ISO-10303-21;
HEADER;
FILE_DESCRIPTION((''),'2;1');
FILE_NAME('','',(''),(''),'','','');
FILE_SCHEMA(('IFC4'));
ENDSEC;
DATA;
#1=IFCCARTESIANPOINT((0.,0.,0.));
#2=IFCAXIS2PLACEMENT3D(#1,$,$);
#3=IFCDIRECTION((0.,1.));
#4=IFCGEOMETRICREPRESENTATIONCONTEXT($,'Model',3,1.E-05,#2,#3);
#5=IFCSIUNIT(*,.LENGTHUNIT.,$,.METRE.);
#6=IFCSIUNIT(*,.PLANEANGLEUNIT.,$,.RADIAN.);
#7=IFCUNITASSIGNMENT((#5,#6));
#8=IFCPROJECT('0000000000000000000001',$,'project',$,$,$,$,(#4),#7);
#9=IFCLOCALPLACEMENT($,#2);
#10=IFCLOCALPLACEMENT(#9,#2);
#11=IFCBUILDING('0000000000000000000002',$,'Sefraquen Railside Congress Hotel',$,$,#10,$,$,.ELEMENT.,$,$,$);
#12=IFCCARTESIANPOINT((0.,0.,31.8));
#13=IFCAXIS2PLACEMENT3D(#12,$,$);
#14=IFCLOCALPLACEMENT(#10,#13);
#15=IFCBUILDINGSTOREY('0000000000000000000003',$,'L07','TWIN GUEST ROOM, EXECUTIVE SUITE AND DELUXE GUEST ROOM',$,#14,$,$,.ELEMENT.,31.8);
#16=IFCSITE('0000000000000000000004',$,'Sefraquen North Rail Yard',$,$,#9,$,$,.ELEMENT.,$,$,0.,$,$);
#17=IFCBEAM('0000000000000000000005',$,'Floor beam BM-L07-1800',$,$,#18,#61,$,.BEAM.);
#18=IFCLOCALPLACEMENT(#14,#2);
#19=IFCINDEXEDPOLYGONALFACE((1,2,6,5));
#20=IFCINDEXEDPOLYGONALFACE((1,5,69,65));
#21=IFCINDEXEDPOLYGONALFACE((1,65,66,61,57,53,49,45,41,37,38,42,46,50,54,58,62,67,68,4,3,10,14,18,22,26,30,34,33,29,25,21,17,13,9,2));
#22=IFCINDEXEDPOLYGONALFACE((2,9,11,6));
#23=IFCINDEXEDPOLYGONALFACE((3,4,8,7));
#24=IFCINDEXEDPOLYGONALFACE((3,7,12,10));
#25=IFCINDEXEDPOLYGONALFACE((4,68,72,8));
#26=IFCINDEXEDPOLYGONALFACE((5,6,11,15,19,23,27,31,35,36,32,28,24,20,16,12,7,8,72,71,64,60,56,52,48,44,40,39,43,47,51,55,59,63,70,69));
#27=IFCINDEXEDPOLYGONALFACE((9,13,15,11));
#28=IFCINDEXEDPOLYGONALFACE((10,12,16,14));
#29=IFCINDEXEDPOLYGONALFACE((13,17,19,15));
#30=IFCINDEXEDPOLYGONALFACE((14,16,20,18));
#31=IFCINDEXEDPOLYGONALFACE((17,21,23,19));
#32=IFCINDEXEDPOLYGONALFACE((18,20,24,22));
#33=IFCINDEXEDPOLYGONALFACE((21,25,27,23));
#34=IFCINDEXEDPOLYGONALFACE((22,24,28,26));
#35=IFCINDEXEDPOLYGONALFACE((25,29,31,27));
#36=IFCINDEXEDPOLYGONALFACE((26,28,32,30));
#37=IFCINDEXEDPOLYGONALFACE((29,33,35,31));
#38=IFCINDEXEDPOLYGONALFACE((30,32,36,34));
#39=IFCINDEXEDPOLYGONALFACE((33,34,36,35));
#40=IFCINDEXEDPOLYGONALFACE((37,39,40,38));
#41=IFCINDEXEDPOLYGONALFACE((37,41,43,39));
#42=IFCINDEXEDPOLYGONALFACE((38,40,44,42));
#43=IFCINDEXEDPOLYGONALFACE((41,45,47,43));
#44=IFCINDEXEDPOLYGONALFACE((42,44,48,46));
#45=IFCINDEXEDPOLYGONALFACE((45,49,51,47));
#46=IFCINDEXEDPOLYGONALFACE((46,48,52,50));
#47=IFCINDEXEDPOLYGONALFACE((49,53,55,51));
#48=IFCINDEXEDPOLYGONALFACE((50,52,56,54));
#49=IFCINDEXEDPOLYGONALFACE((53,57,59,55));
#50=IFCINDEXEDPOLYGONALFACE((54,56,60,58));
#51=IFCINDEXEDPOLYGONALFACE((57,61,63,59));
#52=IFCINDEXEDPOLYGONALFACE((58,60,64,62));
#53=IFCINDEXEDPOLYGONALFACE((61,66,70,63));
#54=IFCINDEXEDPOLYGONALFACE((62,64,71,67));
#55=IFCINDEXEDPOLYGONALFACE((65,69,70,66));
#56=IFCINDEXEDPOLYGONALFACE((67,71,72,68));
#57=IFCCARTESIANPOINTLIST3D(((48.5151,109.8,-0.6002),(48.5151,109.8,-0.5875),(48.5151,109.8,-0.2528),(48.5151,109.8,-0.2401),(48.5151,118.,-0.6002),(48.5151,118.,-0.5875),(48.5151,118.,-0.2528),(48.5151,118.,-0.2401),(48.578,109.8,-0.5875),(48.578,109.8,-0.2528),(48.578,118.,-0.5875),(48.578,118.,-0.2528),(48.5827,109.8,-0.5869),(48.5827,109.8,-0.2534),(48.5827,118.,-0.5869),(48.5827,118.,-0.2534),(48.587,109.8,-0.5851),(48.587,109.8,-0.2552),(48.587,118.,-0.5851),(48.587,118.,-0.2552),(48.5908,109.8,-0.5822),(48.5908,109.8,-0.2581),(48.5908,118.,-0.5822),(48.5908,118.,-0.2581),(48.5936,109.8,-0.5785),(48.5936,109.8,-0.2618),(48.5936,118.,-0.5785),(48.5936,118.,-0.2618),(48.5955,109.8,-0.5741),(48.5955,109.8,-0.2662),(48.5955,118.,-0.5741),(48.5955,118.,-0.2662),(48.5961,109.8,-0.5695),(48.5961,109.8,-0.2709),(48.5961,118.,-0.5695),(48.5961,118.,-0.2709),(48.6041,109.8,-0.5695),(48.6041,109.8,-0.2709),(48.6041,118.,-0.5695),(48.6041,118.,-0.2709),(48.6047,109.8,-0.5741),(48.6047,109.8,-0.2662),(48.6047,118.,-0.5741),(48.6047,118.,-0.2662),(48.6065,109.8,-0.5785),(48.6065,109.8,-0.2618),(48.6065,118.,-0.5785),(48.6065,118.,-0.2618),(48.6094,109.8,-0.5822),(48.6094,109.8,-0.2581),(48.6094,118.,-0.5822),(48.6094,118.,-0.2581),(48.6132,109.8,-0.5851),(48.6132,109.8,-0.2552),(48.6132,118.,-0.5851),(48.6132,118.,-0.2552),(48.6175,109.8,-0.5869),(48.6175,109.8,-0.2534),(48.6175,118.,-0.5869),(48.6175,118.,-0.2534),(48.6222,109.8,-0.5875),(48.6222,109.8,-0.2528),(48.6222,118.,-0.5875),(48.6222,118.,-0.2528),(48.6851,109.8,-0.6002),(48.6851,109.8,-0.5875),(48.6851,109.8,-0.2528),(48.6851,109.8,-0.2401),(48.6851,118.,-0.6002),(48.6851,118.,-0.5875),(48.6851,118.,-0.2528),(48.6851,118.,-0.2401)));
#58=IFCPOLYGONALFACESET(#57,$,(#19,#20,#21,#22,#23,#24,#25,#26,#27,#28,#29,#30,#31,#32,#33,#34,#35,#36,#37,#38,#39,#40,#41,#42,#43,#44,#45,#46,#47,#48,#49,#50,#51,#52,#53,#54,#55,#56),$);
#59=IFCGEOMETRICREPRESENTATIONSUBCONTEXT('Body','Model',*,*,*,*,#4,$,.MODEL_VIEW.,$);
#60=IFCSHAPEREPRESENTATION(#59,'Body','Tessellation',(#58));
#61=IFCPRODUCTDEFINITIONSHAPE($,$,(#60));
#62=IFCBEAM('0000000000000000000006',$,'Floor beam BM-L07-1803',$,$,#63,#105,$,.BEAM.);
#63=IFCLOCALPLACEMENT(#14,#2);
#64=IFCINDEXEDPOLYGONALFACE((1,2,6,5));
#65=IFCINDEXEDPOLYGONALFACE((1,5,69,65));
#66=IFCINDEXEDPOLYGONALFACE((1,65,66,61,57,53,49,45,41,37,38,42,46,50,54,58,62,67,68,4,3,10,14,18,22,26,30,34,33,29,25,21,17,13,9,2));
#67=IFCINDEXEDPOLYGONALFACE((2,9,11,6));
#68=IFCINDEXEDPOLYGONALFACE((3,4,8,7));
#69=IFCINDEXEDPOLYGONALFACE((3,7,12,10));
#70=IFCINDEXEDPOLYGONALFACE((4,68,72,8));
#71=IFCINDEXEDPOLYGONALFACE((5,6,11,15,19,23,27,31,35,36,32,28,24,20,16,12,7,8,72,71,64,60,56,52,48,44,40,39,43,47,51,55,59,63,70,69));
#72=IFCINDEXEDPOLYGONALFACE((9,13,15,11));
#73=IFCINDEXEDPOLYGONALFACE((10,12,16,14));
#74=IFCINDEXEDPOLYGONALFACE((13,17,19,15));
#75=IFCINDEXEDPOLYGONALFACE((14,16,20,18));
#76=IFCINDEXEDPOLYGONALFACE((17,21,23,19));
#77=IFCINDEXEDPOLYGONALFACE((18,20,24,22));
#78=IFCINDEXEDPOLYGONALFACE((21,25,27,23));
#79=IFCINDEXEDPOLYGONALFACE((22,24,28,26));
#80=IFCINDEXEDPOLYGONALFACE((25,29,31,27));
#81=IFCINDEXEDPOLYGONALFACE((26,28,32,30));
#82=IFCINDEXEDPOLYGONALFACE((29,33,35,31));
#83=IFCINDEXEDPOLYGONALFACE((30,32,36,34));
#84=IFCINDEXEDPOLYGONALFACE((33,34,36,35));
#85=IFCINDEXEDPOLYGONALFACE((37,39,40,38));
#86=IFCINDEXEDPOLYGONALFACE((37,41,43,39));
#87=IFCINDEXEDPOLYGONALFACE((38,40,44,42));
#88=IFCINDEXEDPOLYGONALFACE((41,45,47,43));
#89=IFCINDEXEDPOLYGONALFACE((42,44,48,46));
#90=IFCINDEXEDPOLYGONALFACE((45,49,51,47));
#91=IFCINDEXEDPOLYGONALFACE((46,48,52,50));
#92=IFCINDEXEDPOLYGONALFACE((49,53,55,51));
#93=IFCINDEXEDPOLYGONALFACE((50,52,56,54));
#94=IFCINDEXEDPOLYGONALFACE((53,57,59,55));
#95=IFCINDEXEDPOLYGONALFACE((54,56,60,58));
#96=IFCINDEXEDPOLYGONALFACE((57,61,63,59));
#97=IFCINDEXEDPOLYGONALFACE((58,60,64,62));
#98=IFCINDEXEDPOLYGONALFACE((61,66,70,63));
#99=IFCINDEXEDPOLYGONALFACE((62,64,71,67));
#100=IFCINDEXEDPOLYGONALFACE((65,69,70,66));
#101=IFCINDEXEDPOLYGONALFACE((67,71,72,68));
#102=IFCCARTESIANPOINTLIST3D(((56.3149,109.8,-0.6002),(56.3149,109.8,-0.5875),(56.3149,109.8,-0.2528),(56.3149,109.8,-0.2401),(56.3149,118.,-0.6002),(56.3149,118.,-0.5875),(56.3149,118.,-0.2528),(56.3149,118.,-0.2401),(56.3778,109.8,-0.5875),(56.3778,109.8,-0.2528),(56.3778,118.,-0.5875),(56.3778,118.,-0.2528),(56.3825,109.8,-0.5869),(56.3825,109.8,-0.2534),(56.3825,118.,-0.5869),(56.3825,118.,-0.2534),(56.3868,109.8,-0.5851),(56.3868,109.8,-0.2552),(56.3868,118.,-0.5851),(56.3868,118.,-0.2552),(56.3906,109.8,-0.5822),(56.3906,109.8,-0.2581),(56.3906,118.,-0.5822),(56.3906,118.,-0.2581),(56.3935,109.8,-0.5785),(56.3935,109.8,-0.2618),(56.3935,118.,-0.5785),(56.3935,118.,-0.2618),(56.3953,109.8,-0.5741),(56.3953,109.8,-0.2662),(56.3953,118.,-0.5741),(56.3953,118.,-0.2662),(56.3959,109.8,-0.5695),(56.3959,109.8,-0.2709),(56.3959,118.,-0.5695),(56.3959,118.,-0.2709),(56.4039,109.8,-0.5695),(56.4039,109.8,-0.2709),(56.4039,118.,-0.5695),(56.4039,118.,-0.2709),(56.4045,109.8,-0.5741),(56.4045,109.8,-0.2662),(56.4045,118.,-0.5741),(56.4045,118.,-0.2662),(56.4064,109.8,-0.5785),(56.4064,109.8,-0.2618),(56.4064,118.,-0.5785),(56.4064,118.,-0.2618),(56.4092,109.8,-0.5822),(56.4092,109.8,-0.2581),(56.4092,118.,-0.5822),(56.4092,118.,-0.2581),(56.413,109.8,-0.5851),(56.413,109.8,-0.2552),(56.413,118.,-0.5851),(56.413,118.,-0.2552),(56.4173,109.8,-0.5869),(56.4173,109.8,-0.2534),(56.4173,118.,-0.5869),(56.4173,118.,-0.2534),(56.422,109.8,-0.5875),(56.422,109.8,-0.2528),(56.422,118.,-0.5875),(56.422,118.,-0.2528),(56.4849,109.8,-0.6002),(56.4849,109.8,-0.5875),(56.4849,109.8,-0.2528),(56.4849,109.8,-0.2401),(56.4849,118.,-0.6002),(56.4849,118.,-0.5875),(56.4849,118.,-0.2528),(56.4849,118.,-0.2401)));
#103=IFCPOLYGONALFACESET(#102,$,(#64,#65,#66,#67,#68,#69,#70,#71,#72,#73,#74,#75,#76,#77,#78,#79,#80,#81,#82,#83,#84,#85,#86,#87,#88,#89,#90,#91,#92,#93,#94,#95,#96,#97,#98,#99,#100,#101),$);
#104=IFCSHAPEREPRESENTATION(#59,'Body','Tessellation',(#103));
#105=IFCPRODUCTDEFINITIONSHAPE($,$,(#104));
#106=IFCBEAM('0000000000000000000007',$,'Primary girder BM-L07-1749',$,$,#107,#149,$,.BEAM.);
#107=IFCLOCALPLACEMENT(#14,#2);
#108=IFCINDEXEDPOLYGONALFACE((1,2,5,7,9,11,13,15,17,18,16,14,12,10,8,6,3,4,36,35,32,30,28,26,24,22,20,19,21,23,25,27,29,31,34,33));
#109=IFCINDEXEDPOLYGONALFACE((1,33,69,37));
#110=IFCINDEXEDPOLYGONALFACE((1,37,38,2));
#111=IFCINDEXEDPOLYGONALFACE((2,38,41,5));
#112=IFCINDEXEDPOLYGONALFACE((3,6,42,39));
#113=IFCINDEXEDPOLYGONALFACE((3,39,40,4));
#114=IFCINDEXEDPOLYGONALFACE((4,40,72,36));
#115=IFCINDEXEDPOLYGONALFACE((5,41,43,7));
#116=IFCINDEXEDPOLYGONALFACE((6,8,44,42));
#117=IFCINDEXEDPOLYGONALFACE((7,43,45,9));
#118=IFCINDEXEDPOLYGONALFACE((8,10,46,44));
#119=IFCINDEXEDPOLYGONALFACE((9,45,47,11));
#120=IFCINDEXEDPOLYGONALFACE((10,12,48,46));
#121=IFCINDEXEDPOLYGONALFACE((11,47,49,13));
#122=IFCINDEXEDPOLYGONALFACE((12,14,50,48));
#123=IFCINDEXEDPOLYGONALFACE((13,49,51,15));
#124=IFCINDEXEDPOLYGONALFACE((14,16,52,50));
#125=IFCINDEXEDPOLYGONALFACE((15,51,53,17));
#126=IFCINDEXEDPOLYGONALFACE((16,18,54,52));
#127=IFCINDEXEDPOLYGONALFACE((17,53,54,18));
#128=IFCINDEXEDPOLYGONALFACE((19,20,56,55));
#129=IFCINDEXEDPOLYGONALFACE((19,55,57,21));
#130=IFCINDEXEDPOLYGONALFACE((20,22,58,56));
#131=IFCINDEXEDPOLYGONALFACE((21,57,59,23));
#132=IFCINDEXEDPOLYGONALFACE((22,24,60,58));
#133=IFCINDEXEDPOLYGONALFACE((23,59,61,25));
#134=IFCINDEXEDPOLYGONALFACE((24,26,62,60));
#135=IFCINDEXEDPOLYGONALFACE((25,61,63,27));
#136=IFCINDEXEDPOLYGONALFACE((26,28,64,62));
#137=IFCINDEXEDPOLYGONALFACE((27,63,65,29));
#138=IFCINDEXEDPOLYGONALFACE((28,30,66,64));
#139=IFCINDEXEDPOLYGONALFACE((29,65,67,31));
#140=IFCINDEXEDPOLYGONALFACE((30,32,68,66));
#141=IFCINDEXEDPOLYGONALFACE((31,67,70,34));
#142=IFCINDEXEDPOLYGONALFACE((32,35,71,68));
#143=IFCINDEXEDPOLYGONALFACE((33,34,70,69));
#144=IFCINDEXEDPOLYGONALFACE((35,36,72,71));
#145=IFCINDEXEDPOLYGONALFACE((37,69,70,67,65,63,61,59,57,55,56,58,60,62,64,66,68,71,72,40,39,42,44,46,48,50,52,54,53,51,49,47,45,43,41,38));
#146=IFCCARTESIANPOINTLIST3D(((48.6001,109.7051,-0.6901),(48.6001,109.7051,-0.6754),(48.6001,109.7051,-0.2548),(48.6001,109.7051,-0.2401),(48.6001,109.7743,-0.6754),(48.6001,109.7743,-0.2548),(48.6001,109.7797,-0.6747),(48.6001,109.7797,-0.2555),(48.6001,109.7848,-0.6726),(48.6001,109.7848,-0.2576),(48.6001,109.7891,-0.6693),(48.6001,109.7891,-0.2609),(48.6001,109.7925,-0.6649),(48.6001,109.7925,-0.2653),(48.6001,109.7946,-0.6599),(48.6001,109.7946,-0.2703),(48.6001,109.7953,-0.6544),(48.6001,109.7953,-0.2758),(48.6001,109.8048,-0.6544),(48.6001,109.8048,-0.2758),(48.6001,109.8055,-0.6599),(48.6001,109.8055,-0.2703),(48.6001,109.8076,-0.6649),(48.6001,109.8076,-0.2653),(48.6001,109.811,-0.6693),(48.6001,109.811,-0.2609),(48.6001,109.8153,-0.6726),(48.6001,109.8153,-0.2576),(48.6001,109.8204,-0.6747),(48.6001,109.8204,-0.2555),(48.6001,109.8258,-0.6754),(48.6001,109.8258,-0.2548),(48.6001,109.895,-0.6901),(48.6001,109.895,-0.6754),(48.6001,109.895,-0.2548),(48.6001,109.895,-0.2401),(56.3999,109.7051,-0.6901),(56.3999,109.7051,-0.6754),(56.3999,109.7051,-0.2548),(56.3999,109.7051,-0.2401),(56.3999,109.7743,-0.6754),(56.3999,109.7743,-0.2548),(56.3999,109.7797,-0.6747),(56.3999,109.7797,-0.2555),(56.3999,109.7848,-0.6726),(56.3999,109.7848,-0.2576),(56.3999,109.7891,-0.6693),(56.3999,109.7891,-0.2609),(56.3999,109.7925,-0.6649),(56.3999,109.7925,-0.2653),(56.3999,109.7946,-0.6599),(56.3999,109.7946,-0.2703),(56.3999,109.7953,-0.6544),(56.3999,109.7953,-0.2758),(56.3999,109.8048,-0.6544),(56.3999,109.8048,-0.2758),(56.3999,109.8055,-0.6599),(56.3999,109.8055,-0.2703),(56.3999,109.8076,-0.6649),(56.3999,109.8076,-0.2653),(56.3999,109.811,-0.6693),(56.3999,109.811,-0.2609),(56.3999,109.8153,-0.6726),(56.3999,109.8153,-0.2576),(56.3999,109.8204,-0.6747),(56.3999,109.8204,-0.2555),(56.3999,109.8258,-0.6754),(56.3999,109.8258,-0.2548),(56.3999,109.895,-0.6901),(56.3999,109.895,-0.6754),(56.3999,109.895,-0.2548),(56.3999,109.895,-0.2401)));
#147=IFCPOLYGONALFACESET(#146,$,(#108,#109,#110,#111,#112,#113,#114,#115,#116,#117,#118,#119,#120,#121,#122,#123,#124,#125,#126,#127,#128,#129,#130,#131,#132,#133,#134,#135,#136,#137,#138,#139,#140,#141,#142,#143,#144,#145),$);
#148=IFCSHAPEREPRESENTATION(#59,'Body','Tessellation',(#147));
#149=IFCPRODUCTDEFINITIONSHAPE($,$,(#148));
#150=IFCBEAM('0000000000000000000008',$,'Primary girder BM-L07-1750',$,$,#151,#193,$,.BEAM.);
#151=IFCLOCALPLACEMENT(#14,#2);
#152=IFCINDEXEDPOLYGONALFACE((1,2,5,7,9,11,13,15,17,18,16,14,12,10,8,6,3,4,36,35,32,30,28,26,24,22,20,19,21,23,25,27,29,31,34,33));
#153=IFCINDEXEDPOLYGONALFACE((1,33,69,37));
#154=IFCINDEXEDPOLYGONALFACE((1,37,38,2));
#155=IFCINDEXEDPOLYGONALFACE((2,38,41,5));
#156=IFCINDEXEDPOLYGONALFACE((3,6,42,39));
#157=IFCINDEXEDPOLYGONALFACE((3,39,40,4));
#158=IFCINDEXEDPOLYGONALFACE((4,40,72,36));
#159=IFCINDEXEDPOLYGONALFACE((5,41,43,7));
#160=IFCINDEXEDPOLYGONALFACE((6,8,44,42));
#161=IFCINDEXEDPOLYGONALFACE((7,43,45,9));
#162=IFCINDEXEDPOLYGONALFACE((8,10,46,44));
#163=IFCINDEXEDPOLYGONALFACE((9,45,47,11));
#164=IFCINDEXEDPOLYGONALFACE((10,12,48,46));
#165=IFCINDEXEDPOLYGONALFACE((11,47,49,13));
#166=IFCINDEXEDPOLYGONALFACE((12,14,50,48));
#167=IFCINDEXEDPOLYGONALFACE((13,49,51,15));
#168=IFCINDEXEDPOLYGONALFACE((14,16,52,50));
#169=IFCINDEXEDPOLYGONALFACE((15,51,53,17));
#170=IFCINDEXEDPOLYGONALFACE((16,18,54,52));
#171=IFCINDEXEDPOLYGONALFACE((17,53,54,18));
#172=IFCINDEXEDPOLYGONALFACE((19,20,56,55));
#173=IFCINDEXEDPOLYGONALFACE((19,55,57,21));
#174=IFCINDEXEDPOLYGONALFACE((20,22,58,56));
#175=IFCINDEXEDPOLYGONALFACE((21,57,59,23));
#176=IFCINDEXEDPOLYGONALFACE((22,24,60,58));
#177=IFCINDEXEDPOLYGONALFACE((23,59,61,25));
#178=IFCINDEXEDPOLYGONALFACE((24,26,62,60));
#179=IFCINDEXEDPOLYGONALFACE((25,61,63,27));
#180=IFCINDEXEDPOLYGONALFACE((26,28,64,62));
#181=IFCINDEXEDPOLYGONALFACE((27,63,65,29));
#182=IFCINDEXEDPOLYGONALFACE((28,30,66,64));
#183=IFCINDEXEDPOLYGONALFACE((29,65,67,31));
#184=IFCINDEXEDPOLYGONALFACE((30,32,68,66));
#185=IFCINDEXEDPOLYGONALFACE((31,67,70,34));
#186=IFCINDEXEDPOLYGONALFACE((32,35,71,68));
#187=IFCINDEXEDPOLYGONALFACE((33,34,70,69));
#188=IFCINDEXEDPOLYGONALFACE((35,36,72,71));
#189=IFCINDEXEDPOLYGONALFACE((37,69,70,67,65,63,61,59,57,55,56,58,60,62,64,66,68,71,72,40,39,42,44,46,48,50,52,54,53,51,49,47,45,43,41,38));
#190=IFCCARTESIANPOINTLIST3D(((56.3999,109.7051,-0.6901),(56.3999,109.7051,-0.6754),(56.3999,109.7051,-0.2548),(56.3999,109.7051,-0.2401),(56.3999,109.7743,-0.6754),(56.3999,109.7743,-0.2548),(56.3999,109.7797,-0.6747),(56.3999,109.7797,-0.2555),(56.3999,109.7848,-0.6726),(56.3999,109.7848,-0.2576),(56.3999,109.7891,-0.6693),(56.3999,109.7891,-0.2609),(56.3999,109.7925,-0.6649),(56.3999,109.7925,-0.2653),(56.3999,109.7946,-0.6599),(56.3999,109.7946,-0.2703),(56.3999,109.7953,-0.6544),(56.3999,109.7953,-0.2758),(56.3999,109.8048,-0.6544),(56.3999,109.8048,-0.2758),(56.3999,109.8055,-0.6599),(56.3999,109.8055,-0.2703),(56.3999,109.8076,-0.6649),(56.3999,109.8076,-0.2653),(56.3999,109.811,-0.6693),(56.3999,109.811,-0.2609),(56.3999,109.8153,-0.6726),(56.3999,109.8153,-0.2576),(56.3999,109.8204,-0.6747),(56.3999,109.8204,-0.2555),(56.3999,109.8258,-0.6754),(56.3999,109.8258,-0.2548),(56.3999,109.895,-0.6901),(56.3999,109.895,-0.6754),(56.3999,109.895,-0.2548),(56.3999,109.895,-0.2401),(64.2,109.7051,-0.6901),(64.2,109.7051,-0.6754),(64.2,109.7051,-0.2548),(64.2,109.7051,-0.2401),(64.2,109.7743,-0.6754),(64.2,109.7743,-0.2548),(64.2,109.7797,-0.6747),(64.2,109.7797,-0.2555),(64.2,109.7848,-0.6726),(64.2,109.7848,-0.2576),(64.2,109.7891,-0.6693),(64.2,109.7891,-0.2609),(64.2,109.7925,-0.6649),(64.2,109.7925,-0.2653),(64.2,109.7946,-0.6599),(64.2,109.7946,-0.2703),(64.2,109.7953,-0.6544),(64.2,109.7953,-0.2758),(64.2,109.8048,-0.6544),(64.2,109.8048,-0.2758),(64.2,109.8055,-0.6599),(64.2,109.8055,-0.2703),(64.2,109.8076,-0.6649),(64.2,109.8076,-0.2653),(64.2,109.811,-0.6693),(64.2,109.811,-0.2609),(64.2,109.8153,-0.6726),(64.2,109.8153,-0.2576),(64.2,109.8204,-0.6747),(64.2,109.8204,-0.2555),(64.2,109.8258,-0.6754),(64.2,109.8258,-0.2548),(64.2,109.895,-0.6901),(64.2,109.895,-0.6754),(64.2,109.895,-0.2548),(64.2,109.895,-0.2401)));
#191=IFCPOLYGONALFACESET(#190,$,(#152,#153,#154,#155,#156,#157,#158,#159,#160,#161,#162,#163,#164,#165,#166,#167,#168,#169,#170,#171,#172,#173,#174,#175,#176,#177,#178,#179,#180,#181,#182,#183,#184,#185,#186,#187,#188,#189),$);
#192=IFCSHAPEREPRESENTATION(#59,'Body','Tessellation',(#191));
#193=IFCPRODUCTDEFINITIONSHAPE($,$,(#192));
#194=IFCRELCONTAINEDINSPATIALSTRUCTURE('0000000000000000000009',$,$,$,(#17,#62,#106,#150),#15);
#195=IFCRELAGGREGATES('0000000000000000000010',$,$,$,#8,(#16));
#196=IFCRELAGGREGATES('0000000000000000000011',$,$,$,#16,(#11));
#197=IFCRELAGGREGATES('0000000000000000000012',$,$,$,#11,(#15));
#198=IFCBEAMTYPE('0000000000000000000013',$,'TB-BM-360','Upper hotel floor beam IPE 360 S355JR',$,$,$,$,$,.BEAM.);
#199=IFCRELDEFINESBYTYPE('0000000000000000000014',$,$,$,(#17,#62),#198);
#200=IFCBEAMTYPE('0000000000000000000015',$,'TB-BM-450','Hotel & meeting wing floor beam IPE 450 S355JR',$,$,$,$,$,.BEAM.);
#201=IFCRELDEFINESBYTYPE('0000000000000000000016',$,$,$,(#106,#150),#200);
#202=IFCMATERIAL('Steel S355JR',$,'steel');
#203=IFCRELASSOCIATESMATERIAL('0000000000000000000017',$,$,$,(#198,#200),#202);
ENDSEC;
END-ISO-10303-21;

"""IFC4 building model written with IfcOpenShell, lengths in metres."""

from ifc_helpers import new_model, si_unit, direction, frame, origin, origin_2d, place, context, subcontext, project, spatial, i_section, extrude, material, material_profile, profile_set, type_object, element, save


model = new_model("IFC4")

# Units and contexts
model_context = context("Model", 3, precision=1e-05, world=origin(), true_north=direction((0.0, 1.0)))
body_context = subcontext(model_context, "Body", "Model", "MODEL_VIEW")
ifc_project = project(units=[si_unit("LENGTHUNIT", "METRE"), si_unit("PLANEANGLEUNIT", "RADIAN")], contexts=[model_context])

# Site, building, storey
site_placement = place(None, origin())
site = spatial("IfcSite", under=ifc_project, at=site_placement, Name="Sefraquen North Rail Yard", CompositionType="ELEMENT", RefElevation=0.0)
building_placement = place(site_placement, origin())
building = spatial("IfcBuilding", under=site, at=building_placement, Name="Sefraquen Railside Congress Hotel", CompositionType="ELEMENT")
storey_placement = place(building_placement, frame((0.0, 0.0, 31.8)))
storey = spatial("IfcBuildingStorey", under=building, at=storey_placement, Name="L07", Description="TWIN GUEST ROOM, EXECUTIVE SUITE AND DELUXE GUEST ROOM", CompositionType="ELEMENT", Elevation=31.8)

# Shared definitions
ifc_material_1 = material(Name="Steel S355JR", Category="steel")

# Beams
ifc_material_profile_1 = material_profile(ifc_material_1, i_section(OverallWidth=0.1699, OverallDepth=0.3601, WebThickness=0.0081, FlangeThickness=0.0127, FilletRadius=0.0181, at=origin_2d()), Name="IPE 360")
ifc_profile_set_1 = profile_set([ifc_material_profile_1], Name="Steel S355JR")
beam_type_1 = type_object("IfcBeamType", Name="TB-BM-360", Description="Upper hotel floor beam IPE 360 S355JR", PredefinedType="BEAM", material=ifc_profile_set_1)
for number, where, z_axis, x_axis, name in (
    (1, (48.6001, 109.8, -0.4202), (0.0, 1.0, 0.0), (-1.0, 0.0, 0.0), "Floor beam BM-L07-1800"),
    (2, (56.3999, 109.8, -0.4202), (0.0, 1.0, 0.0), (-1.0, 0.0, 0.0), "Floor beam BM-L07-1803"),
):
    element("IfcBeam", number, at=place(storey_placement, frame(where, z_axis=z_axis, x_axis=x_axis)), inside=storey, type_object=beam_type_1, Name=name, PredefinedType="BEAM", context=body_context, shape_type="SweptSolid", body=[
        extrude(i_section(OverallWidth=0.1699, OverallDepth=0.3601, WebThickness=0.0081, FlangeThickness=0.0127, FilletRadius=0.0181, at=origin_2d()), origin(), (0.0, 0.0, 1.0), 8.2),
    ])
ifc_material_profile_2 = material_profile(ifc_material_1, i_section(OverallWidth=0.1899, OverallDepth=0.45, WebThickness=0.0095, FlangeThickness=0.0146, FilletRadius=0.021, at=origin_2d()), Name="IPE 450")
ifc_profile_set_2 = profile_set([ifc_material_profile_2], Name="Steel S355JR")
beam_type_2 = type_object("IfcBeamType", Name="TB-BM-450", Description="Hotel & meeting wing floor beam IPE 450 S355JR", PredefinedType="BEAM", material=ifc_profile_set_2)
beam_1_placement = place(storey_placement, frame((48.6001, 109.8, -0.4651), z_axis=(1.0, 0.0, 0.0), x_axis=(0.0, 1.0, 0.0)))
element("IfcBeam", 3, at=beam_1_placement, inside=storey, type_object=beam_type_2, Name="Primary girder BM-L07-1749", PredefinedType="BEAM", context=body_context, shape_type="SweptSolid", body=[
    extrude(i_section(OverallWidth=0.1899, OverallDepth=0.45, WebThickness=0.0095, FlangeThickness=0.0146, FilletRadius=0.021, at=origin_2d()), origin(), (0.0, 0.0, 1.0), 7.7998),
])
beam_2_placement = place(storey_placement, frame((56.3999, 109.8, -0.4651), z_axis=(1.0, 0.0, 0.0), x_axis=(0.0, 1.0, 0.0)))
element("IfcBeam", 4, at=beam_2_placement, inside=storey, type_object=beam_type_2, Name="Primary girder BM-L07-1750", PredefinedType="BEAM", context=body_context, shape_type="SweptSolid", body=[
    extrude(i_section(OverallWidth=0.1899, OverallDepth=0.45, WebThickness=0.0095, FlangeThickness=0.0146, FilletRadius=0.021, at=origin_2d()), origin(), (0.0, 0.0, 1.0), 7.8),
])

save(model, "model.ifc")
